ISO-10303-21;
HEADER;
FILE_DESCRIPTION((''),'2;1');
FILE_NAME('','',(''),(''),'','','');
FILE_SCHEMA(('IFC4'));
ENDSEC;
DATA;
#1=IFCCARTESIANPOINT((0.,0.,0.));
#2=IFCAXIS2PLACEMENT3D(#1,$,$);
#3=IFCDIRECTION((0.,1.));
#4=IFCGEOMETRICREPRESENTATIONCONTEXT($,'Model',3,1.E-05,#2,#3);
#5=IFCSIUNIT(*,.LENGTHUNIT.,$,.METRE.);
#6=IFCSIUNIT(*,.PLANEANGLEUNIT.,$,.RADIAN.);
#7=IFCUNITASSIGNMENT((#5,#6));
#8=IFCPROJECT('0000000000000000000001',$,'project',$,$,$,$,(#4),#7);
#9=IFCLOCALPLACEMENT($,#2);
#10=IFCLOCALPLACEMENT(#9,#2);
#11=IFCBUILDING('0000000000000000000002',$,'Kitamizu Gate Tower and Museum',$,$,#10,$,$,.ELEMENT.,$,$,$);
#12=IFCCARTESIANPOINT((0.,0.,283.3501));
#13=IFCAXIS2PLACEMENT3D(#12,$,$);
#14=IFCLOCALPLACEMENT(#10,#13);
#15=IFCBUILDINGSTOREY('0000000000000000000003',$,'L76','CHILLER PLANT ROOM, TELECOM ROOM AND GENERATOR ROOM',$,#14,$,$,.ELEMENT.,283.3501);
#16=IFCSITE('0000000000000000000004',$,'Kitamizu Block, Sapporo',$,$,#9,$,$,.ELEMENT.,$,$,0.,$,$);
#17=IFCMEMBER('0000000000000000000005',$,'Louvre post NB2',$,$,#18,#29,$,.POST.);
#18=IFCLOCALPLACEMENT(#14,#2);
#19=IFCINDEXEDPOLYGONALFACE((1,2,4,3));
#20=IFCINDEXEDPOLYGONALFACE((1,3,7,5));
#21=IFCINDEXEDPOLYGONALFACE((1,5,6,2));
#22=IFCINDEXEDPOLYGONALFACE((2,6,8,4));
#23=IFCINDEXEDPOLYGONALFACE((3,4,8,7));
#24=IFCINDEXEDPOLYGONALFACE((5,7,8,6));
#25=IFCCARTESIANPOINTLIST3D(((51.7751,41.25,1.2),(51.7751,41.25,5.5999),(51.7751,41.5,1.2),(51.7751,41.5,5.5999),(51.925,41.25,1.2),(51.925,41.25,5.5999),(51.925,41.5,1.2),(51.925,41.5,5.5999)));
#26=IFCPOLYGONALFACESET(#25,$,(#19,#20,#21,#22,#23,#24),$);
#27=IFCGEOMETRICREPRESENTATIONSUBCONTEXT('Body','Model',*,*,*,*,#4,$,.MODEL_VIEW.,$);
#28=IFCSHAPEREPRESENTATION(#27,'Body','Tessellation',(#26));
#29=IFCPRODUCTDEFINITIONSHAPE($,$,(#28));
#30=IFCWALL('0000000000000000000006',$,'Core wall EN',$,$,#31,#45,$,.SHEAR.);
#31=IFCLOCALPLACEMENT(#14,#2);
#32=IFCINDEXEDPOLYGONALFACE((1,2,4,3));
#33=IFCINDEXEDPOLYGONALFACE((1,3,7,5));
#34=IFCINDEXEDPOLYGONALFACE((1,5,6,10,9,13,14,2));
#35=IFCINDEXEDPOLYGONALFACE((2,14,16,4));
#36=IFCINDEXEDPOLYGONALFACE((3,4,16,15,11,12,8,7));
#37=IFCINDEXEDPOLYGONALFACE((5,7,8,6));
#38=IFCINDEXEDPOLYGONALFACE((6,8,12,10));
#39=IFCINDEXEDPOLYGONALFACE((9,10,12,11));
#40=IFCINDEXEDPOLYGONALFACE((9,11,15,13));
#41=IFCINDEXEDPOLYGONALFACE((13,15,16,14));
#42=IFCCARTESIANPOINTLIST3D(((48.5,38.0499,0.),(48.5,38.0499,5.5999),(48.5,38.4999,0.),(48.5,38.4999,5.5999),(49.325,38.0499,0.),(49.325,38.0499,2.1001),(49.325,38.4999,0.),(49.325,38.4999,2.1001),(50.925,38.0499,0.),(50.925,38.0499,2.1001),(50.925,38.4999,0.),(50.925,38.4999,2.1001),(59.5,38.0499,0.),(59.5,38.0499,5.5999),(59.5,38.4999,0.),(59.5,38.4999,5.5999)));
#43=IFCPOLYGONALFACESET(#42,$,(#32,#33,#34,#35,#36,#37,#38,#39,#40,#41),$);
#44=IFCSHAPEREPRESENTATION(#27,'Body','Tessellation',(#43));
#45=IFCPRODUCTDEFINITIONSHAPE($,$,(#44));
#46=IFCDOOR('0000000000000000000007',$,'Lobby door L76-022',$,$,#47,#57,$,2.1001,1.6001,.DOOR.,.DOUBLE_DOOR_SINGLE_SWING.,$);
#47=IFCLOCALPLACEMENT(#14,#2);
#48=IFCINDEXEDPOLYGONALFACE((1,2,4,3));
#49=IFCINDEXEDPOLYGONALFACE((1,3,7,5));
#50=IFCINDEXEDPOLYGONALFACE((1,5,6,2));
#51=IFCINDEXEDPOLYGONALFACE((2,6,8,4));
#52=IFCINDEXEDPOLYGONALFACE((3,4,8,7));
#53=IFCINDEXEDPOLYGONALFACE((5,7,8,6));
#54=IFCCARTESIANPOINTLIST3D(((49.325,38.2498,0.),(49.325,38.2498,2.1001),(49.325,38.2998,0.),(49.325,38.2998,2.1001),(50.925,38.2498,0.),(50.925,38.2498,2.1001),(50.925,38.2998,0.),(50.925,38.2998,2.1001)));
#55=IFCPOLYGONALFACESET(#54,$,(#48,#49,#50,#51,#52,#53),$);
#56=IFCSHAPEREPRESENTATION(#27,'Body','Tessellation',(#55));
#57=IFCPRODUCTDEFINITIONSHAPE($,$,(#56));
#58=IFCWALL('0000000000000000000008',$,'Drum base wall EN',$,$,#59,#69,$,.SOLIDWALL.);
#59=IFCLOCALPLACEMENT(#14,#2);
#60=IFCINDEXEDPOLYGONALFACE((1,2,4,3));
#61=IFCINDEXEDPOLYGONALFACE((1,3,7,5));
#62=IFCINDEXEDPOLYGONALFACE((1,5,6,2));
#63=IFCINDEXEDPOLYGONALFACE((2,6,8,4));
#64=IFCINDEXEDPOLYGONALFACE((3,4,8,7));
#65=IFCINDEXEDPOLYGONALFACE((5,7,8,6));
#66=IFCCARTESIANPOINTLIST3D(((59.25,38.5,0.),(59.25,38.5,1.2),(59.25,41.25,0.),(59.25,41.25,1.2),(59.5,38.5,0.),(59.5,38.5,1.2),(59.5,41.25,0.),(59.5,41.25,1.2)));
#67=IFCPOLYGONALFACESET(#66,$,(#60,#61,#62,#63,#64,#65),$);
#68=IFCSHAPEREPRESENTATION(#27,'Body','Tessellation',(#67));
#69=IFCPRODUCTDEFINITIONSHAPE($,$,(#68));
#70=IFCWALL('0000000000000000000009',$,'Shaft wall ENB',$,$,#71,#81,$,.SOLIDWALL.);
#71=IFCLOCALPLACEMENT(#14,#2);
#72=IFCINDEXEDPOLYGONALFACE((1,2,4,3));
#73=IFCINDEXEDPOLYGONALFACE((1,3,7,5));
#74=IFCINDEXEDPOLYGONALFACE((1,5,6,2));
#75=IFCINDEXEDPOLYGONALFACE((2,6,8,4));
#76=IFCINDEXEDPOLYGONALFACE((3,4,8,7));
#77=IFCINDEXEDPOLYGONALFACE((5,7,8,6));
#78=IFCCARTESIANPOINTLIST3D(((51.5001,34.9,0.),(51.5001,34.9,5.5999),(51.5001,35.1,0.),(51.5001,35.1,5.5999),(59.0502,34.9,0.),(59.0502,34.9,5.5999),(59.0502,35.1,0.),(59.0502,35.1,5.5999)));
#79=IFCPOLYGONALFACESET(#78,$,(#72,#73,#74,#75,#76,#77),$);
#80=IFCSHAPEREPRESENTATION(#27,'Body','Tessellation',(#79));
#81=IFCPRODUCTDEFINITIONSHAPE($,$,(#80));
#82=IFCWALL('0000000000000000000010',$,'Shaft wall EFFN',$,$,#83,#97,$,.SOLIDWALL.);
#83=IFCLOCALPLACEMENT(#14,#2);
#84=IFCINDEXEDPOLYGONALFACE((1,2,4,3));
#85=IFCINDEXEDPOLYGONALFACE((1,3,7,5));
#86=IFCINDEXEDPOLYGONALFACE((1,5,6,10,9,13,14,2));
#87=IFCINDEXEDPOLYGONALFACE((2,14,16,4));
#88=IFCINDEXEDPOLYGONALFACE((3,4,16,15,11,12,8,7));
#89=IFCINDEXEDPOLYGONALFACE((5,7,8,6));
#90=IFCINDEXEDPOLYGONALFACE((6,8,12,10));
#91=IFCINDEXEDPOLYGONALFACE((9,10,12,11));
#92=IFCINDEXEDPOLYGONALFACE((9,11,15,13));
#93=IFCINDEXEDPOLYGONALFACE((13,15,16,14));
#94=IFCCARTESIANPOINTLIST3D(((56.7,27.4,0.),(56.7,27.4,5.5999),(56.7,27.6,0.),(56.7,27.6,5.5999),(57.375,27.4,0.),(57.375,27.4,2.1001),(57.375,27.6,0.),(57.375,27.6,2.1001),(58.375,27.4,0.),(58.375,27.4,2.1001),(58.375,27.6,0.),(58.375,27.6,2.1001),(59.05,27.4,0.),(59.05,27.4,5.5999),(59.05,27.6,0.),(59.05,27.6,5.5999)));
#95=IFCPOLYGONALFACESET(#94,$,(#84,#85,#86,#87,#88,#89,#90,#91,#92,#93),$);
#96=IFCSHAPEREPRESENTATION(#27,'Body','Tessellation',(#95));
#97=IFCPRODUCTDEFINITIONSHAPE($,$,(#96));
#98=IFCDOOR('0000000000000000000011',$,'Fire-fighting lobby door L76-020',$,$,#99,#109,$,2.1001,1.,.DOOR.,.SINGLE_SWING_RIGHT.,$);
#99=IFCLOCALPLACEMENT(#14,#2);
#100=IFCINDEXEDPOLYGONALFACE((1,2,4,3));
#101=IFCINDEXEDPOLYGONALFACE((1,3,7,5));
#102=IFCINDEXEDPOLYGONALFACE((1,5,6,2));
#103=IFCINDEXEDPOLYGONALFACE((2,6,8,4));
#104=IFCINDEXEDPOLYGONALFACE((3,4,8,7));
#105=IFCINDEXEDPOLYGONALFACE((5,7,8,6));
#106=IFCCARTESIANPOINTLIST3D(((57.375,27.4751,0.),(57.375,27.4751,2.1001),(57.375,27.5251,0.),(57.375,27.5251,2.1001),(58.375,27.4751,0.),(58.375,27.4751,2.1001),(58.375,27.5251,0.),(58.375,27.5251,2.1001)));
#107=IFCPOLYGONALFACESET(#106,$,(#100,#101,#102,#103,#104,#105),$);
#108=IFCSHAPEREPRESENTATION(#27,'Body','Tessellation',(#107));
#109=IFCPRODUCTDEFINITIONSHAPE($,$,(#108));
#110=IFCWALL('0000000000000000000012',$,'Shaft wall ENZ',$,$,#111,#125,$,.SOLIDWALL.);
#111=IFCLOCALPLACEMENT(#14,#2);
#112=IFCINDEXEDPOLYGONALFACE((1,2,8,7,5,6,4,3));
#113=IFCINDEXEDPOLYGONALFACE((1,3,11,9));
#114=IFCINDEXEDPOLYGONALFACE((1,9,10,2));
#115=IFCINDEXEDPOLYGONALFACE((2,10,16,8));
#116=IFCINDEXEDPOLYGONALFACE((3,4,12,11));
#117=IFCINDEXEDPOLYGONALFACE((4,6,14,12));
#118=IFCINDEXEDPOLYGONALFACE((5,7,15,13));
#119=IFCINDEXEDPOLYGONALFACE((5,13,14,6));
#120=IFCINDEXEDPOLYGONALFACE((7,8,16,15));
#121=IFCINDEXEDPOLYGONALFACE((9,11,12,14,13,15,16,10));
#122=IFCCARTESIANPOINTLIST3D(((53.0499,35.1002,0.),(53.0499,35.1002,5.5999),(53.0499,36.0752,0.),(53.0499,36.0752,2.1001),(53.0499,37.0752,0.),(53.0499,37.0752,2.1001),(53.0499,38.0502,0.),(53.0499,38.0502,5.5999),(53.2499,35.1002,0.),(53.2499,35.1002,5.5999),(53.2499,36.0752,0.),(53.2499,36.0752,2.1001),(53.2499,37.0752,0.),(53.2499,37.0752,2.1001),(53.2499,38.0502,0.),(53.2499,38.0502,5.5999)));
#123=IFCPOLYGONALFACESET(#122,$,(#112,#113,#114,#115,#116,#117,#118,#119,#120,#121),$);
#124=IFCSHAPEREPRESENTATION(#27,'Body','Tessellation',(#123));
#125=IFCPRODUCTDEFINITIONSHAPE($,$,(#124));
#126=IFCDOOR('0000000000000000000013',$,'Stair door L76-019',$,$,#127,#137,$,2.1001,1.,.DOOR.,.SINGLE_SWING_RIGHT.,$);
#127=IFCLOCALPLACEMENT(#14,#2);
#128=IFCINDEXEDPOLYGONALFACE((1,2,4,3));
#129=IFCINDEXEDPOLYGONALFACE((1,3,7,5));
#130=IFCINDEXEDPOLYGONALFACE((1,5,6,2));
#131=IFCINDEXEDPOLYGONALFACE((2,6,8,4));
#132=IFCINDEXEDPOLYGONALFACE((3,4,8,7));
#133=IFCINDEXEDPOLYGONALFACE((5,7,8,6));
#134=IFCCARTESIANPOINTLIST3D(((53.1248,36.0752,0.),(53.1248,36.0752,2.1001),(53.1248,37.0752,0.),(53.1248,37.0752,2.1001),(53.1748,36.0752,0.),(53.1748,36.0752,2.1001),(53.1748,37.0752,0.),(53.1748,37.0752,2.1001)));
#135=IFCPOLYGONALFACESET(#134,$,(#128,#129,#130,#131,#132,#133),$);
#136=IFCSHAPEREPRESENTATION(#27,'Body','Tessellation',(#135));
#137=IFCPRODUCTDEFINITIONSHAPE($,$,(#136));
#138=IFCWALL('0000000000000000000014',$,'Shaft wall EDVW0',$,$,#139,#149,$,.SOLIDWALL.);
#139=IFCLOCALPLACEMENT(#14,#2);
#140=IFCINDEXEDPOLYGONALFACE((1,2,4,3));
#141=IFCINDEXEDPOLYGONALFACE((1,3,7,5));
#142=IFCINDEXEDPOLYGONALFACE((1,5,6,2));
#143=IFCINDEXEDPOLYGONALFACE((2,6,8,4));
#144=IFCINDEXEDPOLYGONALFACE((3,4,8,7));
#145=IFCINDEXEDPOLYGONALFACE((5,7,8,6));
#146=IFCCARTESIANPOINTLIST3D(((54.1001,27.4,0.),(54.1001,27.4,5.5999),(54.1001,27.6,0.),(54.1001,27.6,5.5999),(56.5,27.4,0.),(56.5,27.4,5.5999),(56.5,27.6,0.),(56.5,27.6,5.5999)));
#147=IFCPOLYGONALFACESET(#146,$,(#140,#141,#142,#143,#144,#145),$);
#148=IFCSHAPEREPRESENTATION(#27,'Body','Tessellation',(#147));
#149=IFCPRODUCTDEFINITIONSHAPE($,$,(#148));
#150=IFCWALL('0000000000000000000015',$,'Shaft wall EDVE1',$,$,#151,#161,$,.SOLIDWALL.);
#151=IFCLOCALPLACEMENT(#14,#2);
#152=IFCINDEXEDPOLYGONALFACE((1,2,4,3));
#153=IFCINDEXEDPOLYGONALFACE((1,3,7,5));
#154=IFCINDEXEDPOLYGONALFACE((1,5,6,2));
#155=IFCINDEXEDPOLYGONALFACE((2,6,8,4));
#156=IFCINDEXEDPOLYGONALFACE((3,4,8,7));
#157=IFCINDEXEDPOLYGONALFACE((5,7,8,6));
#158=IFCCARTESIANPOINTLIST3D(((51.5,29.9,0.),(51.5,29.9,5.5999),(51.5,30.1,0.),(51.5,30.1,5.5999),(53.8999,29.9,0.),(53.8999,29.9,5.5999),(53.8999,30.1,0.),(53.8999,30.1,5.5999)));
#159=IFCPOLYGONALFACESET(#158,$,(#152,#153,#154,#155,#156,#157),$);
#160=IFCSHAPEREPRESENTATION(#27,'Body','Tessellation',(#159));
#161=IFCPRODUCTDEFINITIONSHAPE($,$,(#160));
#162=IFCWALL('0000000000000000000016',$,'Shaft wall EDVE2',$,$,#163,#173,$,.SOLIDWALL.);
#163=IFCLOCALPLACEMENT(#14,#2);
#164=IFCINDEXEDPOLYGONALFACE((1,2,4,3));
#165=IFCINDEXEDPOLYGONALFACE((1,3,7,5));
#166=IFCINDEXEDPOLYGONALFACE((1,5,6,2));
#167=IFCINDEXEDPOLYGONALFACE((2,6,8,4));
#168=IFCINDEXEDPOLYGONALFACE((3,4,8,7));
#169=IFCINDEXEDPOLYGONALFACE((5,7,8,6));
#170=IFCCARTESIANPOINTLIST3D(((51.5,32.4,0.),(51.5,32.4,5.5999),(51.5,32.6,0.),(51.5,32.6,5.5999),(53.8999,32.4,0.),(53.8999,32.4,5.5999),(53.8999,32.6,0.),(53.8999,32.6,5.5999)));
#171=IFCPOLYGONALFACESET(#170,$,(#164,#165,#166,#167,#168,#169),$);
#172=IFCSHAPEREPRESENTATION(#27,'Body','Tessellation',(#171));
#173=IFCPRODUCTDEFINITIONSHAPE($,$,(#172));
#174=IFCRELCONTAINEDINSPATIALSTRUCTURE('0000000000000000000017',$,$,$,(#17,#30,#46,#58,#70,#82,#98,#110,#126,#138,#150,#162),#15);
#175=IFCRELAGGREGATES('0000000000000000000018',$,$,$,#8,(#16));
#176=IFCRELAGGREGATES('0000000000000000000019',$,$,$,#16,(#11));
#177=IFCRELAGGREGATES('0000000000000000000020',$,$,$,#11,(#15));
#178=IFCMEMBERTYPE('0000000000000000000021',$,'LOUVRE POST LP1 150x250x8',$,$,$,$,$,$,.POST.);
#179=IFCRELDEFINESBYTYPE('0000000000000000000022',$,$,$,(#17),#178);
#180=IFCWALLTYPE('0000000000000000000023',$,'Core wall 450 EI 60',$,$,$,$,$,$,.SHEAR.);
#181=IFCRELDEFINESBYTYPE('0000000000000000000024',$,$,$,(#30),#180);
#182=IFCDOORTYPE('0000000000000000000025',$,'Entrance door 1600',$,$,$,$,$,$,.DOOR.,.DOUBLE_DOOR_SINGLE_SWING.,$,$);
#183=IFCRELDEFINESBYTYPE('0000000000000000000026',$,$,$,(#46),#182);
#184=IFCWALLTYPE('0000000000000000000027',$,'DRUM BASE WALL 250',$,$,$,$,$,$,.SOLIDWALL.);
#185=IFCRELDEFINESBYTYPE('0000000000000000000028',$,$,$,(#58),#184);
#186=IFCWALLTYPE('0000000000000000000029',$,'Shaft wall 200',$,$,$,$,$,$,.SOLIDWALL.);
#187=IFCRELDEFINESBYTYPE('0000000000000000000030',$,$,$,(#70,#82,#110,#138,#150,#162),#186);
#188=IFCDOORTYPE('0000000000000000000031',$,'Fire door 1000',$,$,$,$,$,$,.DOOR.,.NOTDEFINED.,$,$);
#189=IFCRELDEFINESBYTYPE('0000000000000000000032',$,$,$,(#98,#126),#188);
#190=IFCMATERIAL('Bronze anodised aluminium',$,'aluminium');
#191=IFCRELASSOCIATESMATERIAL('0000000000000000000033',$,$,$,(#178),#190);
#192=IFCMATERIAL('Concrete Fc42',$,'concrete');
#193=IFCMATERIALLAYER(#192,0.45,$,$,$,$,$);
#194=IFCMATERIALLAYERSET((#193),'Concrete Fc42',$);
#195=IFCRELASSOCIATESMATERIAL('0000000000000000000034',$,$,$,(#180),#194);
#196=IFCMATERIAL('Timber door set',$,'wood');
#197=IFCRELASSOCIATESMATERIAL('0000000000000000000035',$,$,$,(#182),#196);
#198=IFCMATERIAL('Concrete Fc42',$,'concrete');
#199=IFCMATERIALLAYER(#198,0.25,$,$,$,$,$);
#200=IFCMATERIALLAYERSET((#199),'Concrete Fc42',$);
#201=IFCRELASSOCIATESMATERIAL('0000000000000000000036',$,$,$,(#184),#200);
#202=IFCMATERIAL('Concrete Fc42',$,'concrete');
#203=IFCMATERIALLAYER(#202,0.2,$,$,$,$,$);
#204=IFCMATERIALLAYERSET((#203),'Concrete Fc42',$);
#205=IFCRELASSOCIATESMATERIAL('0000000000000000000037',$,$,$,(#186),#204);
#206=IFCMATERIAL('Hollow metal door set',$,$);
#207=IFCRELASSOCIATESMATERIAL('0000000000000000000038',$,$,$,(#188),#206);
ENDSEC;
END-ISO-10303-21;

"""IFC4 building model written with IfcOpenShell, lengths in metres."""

from ifc_helpers import new_model, si_unit, direction, frame, frame_2d, origin, origin_2d, place, context, subcontext, project, spatial, rectangle, extrude, material, layer, layer_set, material_profile, profile_set, type_object, element, fill, save


model = new_model("IFC4")

# Units and contexts
model_context = context("Model", 3, precision=1e-05, world=origin(), true_north=direction((0.0, 1.0)))
body_context = subcontext(model_context, "Body", "Model", "MODEL_VIEW")
ifc_project = project(units=[si_unit("LENGTHUNIT", "METRE"), si_unit("PLANEANGLEUNIT", "RADIAN")], contexts=[model_context])

# Site, building, storey
site_placement = place(None, origin())
site = spatial("IfcSite", under=ifc_project, at=site_placement, Name="Kitamizu Block, Sapporo", CompositionType="ELEMENT", RefElevation=0.0)
building_placement = place(site_placement, origin())
building = spatial("IfcBuilding", under=site, at=building_placement, Name="Kitamizu Gate Tower and Museum", CompositionType="ELEMENT")
storey_placement = place(building_placement, frame((0.0, 0.0, 283.3501)))
storey = spatial("IfcBuildingStorey", under=building, at=storey_placement, Name="L76", Description="CHILLER PLANT ROOM, TELECOM ROOM AND GENERATOR ROOM", CompositionType="ELEMENT", Elevation=283.3501)

# Member
ifc_material_1 = material(Name="Bronze anodised aluminium", Category="aluminium")
ifc_material_profile_1 = material_profile(ifc_material_1, rectangle(XDim=0.1499, YDim=0.25, at=origin_2d()), Name="AL 150x250")
ifc_profile_set_1 = profile_set([ifc_material_profile_1], Name="Bronze anodised aluminium")
member_type = type_object("IfcMemberType", Name="LOUVRE POST LP1 150x250x8", PredefinedType="POST", material=ifc_profile_set_1)
member_placement = place(storey_placement, frame((51.8501, 41.375, 1.2), z_axis=(0.0, 0.0, 1.0), x_axis=(1.0, 0.0, 0.0)))
element("IfcMember", 1, at=member_placement, inside=storey, type_object=member_type, Name="Louvre post NB2", PredefinedType="POST", context=body_context, shape_type="SweptSolid", body=[
    extrude(rectangle(XDim=0.1499, YDim=0.25, at=origin_2d()), origin(), (0.0, 0.0, 1.0), 4.3999),
])

# Wall, opening, door
ifc_material_2 = material(Name="Concrete Fc42", Category="concrete")
ifc_layer_1 = layer(ifc_material_2, 0.45)
ifc_layer_set_1 = layer_set([ifc_layer_1], Name="Concrete Fc42")
wall_type_1 = type_object("IfcWallType", Name="Core wall 450 EI 60", PredefinedType="SHEAR", material=ifc_layer_set_1)
wall_1_placement = place(storey_placement, frame((59.5, 38.2749, 0.0), z_axis=(0.0, 0.0, 1.0), x_axis=(-1.0, 0.0, 0.0)))
wall_1 = element("IfcWall", 2, at=wall_1_placement, inside=storey, type_object=wall_type_1, Name="Core wall EN", PredefinedType="SHEAR", context=body_context, shape_type="SweptSolid", body=[
    extrude(rectangle(XDim=11.0, YDim=0.45, at=frame_2d((5.5, 0.0))), origin(), (0.0, 0.0, 1.0), 5.5999),
])
opening_1_placement = place(wall_1_placement, frame((8.575, 0.0, 0.0)))
opening_1 = element("IfcOpeningElement", 3, at=opening_1_placement, cuts=wall_1, PredefinedType="OPENING", context=body_context, shape_type="SweptSolid", body=[
    extrude(rectangle(XDim=1.6001, YDim=2.1001, at=frame_2d((0.8, 1.05))), frame((0.0, 0.2349, 0.0), z_axis=(0.0, -1.0, 0.0), x_axis=(1.0, 0.0, 0.0)), (0.0, 0.0, 1.0), 0.47),
])
ifc_material_3 = material(Name="Timber door set", Category="wood")
door_type_1 = type_object("IfcDoorType", Name="Entrance door 1600", OperationType="DOUBLE_DOOR_SINGLE_SWING", PredefinedType="DOOR", material=ifc_material_3)
door_1_placement = place(opening_1_placement, frame((1.6001, 0.0, 0.0), x_axis=(-1.0, 0.0, 0.0)))
door_1 = element("IfcDoor", 4, at=door_1_placement, inside=storey, type_object=door_type_1, Name="Lobby door L76-022", OperationType="DOUBLE_DOOR_SINGLE_SWING", OverallHeight=2.1001, OverallWidth=1.6001, PredefinedType="DOOR", context=body_context, shape_type="SweptSolid", body=[
    extrude(rectangle(XDim=1.6001, YDim=2.1001, at=frame_2d((0.8, 1.05))), frame((0.0, 0.0249, 0.0), z_axis=(0.0, -1.0, 0.0), x_axis=(1.0, 0.0, 0.0)), (0.0, 0.0, 1.0), 0.05),
])
fill(opening_1, door_1)

# Walls
ifc_material_4 = material(Name="Concrete Fc42", Category="concrete")
ifc_layer_2 = layer(ifc_material_4, 0.25)
ifc_layer_set_2 = layer_set([ifc_layer_2], Name="Concrete Fc42")
wall_type_2 = type_object("IfcWallType", Name="DRUM BASE WALL 250", PredefinedType="SOLIDWALL", material=ifc_layer_set_2)
wall_2_placement = place(storey_placement, frame((59.375, 38.5, 0.0), z_axis=(0.0, 0.0, 1.0), x_axis=(0.0, 1.0, 0.0)))
element("IfcWall", 5, at=wall_2_placement, inside=storey, type_object=wall_type_2, Name="Drum base wall EN", PredefinedType="SOLIDWALL", context=body_context, shape_type="SweptSolid", body=[
    extrude(rectangle(XDim=2.75, YDim=0.25, at=frame_2d((1.375, 0.0))), origin(), (0.0, 0.0, 1.0), 1.2),
])
ifc_material_5 = material(Name="Concrete Fc42", Category="concrete")
ifc_layer_3 = layer(ifc_material_5, 0.2)
ifc_layer_set_3 = layer_set([ifc_layer_3], Name="Concrete Fc42")
wall_type_3 = type_object("IfcWallType", Name="Shaft wall 200", PredefinedType="SOLIDWALL", material=ifc_layer_set_3)
wall_3_placement = place(storey_placement, frame((59.05, 35.0, 0.0), z_axis=(0.0, 0.0, 1.0), x_axis=(-1.0, 0.0, 0.0)))
element("IfcWall", 6, at=wall_3_placement, inside=storey, type_object=wall_type_3, Name="Shaft wall ENB", PredefinedType="SOLIDWALL", context=body_context, shape_type="SweptSolid", body=[
    extrude(rectangle(XDim=7.55, YDim=0.2, at=frame_2d((3.7749, 0.0))), origin(), (0.0, 0.0, 1.0), 5.5999),
])

# Walls, openings, doors
wall_4_placement = place(storey_placement, frame((59.05, 27.5, 0.0), z_axis=(0.0, 0.0, 1.0), x_axis=(-1.0, 0.0, 0.0)))
wall_4 = element("IfcWall", 7, at=wall_4_placement, inside=storey, type_object=wall_type_3, Name="Shaft wall EFFN", PredefinedType="SOLIDWALL", context=body_context, shape_type="SweptSolid", body=[
    extrude(rectangle(XDim=2.3501, YDim=0.2, at=frame_2d((1.175, 0.0))), origin(), (0.0, 0.0, 1.0), 5.5999),
])
opening_2_placement = place(wall_4_placement, frame((0.675, 0.0, 0.0)))
opening_2 = element("IfcOpeningElement", 8, at=opening_2_placement, cuts=wall_4, PredefinedType="OPENING", context=body_context, shape_type="SweptSolid", body=[
    extrude(rectangle(XDim=1.0, YDim=2.1001, at=frame_2d((0.5, 1.05))), frame((0.0, 0.1099, 0.0), z_axis=(0.0, -1.0, 0.0), x_axis=(1.0, 0.0, 0.0)), (0.0, 0.0, 1.0), 0.22),
])
ifc_material_6 = material(Name="Hollow metal door set")
door_type_2 = type_object("IfcDoorType", Name="Fire door 1000", OperationType="NOTDEFINED", PredefinedType="DOOR", material=ifc_material_6)
door_2_placement = place(opening_2_placement, origin())
door_2 = element("IfcDoor", 9, at=door_2_placement, inside=storey, type_object=door_type_2, Name="Fire-fighting lobby door L76-020", OperationType="SINGLE_SWING_RIGHT", OverallHeight=2.1001, OverallWidth=1.0, PredefinedType="DOOR", context=body_context, shape_type="SweptSolid", body=[
    extrude(rectangle(XDim=1.0, YDim=2.1001, at=frame_2d((0.5, 1.05))), frame((0.0, 0.0249, 0.0), z_axis=(0.0, -1.0, 0.0), x_axis=(1.0, 0.0, 0.0)), (0.0, 0.0, 1.0), 0.05),
])
fill(opening_2, door_2)
wall_5_placement = place(storey_placement, frame((53.1499, 35.1001, 0.0), z_axis=(0.0, 0.0, 1.0), x_axis=(0.0, 1.0, 0.0)))
wall_5 = element("IfcWall", 10, at=wall_5_placement, inside=storey, type_object=wall_type_3, Name="Shaft wall ENZ", PredefinedType="SOLIDWALL", context=body_context, shape_type="SweptSolid", body=[
    extrude(rectangle(XDim=2.95, YDim=0.2, at=frame_2d((1.4751, 0.0))), origin(), (0.0, 0.0, 1.0), 5.5999),
])
opening_3_placement = place(wall_5_placement, frame((0.9751, 0.0, 0.0)))
opening_3 = element("IfcOpeningElement", 11, at=opening_3_placement, cuts=wall_5, PredefinedType="OPENING", context=body_context, shape_type="SweptSolid", body=[
    extrude(rectangle(XDim=1.0, YDim=2.1001, at=frame_2d((0.5, 1.05))), frame((0.0, 0.1099, 0.0), z_axis=(0.0, -1.0, 0.0), x_axis=(1.0, 0.0, 0.0)), (0.0, 0.0, 1.0), 0.22),
])
door_3_placement = place(opening_3_placement, frame((1.0, 0.0, 0.0), x_axis=(-1.0, 0.0, 0.0)))
door_3 = element("IfcDoor", 12, at=door_3_placement, inside=storey, type_object=door_type_2, Name="Stair door L76-019", OperationType="SINGLE_SWING_RIGHT", OverallHeight=2.1001, OverallWidth=1.0, PredefinedType="DOOR", context=body_context, shape_type="SweptSolid", body=[
    extrude(rectangle(XDim=1.0, YDim=2.1001, at=frame_2d((0.5, 1.05))), frame((0.0, 0.0249, 0.0), z_axis=(0.0, -1.0, 0.0), x_axis=(1.0, 0.0, 0.0)), (0.0, 0.0, 1.0), 0.05),
])
fill(opening_3, door_3)

# Walls
for number, where, z_axis, x_axis, name in (
    (13, (56.5, 27.5, 0.0), (0.0, 0.0, 1.0), (-1.0, 0.0, 0.0), "Shaft wall EDVW0"),
    (14, (53.8999, 30.0, 0.0), (0.0, 0.0, 1.0), (-1.0, 0.0, 0.0), "Shaft wall EDVE1"),
    (15, (53.8999, 32.5, 0.0), (0.0, 0.0, 1.0), (-1.0, 0.0, 0.0), "Shaft wall EDVE2"),
):
    element("IfcWall", number, at=place(storey_placement, frame(where, z_axis=z_axis, x_axis=x_axis)), inside=storey, type_object=wall_type_3, Name=name, PredefinedType="SOLIDWALL", context=body_context, shape_type="SweptSolid", body=[
        extrude(rectangle(XDim=2.3999, YDim=0.2, at=frame_2d((1.2, 0.0))), origin(), (0.0, 0.0, 1.0), 5.5999),
    ])

save(model, "model.ifc")
